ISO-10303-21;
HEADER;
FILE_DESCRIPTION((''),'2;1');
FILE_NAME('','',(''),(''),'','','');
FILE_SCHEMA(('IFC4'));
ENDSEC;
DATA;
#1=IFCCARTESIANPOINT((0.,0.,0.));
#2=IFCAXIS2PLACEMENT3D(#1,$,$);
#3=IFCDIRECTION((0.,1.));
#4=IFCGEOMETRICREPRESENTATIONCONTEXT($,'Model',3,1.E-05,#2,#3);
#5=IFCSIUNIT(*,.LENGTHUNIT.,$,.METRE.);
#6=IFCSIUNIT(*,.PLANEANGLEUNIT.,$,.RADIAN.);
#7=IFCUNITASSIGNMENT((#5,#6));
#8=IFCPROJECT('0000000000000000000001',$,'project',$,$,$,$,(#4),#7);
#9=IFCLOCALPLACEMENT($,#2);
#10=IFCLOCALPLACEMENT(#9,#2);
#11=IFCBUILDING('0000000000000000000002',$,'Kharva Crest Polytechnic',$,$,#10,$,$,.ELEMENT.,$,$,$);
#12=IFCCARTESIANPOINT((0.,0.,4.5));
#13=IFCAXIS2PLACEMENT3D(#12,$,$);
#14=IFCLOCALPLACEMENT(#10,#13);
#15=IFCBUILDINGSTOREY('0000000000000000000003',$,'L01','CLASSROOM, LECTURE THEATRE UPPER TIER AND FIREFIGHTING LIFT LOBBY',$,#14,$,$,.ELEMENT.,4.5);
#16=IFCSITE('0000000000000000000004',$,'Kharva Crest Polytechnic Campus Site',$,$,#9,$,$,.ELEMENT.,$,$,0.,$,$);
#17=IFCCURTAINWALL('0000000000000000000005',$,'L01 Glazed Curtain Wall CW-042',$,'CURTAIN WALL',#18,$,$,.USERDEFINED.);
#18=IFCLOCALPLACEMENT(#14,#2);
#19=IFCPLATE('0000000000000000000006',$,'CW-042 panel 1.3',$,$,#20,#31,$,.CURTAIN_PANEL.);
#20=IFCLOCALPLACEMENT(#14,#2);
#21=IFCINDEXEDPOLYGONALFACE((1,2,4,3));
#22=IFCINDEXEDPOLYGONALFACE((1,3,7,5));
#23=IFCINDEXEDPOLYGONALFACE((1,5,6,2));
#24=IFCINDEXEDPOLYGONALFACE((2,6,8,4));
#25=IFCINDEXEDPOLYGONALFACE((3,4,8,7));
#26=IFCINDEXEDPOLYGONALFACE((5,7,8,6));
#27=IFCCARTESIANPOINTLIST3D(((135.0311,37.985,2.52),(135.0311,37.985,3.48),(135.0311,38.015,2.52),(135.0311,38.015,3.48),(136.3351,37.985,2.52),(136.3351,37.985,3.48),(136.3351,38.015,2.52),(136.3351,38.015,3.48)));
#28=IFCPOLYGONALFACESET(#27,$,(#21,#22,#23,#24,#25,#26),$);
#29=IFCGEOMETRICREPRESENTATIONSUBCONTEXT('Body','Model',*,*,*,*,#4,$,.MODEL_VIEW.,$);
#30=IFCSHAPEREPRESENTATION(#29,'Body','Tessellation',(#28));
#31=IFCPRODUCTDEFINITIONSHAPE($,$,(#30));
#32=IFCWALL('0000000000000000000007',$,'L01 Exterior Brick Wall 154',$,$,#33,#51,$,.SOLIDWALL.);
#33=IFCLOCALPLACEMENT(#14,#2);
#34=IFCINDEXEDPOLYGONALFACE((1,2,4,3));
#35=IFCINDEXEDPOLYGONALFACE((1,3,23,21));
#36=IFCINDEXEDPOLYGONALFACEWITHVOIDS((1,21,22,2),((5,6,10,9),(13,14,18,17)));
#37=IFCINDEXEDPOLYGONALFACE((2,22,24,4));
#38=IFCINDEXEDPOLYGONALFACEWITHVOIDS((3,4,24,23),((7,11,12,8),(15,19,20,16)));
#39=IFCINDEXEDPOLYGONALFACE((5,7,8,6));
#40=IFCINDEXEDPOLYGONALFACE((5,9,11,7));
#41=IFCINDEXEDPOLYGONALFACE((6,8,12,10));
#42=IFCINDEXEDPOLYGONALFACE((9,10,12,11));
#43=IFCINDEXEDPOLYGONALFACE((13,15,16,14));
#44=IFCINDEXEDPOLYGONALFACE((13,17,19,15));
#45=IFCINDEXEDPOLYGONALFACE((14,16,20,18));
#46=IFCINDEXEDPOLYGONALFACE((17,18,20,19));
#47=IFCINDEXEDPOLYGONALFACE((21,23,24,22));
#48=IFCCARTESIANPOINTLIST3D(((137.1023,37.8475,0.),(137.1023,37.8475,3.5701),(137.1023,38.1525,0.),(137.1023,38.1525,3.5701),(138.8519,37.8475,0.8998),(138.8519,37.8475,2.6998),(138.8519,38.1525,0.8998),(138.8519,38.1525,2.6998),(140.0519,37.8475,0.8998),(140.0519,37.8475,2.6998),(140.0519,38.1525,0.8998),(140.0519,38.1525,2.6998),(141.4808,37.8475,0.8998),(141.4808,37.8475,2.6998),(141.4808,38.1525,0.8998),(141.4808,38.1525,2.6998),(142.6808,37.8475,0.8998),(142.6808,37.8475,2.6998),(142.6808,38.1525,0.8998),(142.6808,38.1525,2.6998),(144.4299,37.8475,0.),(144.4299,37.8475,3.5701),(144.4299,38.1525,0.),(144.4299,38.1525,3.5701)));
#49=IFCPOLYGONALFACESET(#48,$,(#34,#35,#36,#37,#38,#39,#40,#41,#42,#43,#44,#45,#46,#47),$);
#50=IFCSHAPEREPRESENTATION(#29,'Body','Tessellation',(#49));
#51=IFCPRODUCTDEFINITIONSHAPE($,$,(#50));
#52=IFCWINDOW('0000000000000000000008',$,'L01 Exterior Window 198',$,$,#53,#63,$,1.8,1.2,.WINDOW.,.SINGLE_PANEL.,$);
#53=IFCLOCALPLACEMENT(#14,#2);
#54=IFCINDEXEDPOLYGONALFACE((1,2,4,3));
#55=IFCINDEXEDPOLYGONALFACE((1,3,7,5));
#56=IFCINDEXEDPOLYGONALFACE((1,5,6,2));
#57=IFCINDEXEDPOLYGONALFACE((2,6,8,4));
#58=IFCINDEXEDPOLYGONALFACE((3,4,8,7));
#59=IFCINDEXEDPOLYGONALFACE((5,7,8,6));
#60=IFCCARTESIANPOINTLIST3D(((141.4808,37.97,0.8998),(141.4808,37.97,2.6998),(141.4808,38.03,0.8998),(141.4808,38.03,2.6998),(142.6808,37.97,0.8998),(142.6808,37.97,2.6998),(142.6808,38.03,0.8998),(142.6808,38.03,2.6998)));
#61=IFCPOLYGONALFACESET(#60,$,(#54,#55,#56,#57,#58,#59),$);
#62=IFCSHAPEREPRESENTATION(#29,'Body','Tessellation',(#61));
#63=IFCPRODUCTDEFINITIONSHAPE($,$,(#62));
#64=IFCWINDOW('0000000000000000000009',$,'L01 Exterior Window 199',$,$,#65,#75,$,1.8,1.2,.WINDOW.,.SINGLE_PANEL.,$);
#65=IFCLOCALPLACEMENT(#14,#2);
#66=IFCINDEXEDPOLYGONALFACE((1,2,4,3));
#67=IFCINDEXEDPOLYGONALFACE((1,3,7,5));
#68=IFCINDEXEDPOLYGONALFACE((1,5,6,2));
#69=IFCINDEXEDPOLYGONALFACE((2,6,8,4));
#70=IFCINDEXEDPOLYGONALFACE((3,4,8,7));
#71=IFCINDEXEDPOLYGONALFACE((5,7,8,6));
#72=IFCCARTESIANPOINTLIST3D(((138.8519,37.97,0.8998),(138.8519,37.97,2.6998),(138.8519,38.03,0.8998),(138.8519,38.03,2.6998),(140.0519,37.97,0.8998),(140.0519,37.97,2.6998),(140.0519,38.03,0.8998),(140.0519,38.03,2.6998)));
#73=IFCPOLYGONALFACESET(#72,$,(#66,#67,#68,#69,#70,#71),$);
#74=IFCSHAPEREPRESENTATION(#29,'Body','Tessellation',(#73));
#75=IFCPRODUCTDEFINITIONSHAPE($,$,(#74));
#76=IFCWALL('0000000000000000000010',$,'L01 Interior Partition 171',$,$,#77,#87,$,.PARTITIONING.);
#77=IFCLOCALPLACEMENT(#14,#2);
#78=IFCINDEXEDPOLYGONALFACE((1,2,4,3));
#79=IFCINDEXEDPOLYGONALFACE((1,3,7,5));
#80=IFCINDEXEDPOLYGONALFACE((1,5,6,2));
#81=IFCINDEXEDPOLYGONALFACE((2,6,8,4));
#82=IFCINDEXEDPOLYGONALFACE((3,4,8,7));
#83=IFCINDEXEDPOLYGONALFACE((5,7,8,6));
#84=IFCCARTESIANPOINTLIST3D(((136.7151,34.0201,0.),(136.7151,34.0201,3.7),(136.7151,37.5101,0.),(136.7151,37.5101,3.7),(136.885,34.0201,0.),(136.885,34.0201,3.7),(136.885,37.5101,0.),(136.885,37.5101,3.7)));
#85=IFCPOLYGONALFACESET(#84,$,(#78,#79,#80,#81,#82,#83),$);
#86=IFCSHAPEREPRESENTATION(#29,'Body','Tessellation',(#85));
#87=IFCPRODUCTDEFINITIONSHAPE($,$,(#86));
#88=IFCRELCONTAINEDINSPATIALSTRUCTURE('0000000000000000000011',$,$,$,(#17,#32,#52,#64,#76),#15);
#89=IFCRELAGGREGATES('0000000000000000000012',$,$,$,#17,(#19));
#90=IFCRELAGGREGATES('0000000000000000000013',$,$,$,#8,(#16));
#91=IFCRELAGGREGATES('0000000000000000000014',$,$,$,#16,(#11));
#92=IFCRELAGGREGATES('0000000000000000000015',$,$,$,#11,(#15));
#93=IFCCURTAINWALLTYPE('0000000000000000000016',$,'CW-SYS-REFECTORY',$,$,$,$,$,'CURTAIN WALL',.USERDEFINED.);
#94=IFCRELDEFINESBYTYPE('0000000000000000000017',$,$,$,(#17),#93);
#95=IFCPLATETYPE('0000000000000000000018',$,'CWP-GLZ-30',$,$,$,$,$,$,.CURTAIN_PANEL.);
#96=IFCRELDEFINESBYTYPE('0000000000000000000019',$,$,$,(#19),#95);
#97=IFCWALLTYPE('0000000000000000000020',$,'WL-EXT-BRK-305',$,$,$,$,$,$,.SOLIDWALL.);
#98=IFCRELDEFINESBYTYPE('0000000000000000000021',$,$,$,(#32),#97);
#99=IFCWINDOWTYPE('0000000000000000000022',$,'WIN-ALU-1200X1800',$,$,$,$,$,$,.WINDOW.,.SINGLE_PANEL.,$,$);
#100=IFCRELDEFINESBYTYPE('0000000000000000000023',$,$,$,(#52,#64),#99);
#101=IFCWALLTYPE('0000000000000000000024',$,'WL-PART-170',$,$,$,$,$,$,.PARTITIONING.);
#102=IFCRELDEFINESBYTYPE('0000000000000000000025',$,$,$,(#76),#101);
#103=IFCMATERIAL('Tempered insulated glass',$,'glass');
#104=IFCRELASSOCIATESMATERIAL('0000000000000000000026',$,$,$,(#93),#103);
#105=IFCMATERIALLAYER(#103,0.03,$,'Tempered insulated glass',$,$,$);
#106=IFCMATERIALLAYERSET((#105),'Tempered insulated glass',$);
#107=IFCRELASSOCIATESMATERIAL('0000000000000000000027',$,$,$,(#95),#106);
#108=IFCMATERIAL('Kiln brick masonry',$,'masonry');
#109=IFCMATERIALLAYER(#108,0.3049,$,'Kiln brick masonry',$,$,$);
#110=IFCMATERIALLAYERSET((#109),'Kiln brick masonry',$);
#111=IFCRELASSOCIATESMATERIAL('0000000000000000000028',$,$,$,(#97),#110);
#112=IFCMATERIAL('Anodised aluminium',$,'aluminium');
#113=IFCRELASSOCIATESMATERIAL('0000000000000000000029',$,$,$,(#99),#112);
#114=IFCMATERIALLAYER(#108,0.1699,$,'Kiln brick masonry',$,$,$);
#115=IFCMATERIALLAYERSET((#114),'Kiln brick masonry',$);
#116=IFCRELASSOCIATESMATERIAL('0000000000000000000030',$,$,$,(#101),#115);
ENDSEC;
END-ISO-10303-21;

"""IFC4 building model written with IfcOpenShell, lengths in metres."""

from ifc_helpers import new_model, si_unit, direction, frame, frame_2d, origin, origin_2d, place, context, subcontext, project, spatial, rectangle, extrude, material, layer, layer_set, type_object, element, fill, aggregate, save


model = new_model("IFC4")

# Units and contexts
model_context = context("Model", 3, precision=1e-05, world=origin(), true_north=direction((0.0, 1.0)))
body_context = subcontext(model_context, "Body", "Model", "MODEL_VIEW")
ifc_project = project(units=[si_unit("LENGTHUNIT", "METRE"), si_unit("PLANEANGLEUNIT", "RADIAN")], contexts=[model_context])

# Site, building, storey
site_placement = place(None, origin())
site = spatial("IfcSite", under=ifc_project, at=site_placement, Name="Kharva Crest Polytechnic Campus Site", CompositionType="ELEMENT", RefElevation=0.0)
building_placement = place(site_placement, origin())
building = spatial("IfcBuilding", under=site, at=building_placement, Name="Kharva Crest Polytechnic", CompositionType="ELEMENT")
storey_placement = place(building_placement, frame((0.0, 0.0, 4.5)))
storey = spatial("IfcBuildingStorey", under=building, at=storey_placement, Name="L01", Description="CLASSROOM, LECTURE THEATRE UPPER TIER AND FIREFIGHTING LIFT LOBBY", CompositionType="ELEMENT", Elevation=4.5)

# Shared definitions
ifc_material_1 = material(Name="Tempered insulated glass", Category="glass")
curtain_wall_type = type_object("IfcCurtainWallType", Name="CW-SYS-REFECTORY", ElementType="CURTAIN WALL", PredefinedType="USERDEFINED", material=ifc_material_1)

# Curtain wall
curtain_wall_1_placement = place(storey_placement, origin())
curtain_wall_1 = element("IfcCurtainWall", 1, at=curtain_wall_1_placement, inside=storey, type_object=curtain_wall_type, Name="L01 Glazed Curtain Wall CW-042", ObjectType="CURTAIN WALL", PredefinedType="USERDEFINED")

# Plate
ifc_layer_1 = layer(ifc_material_1, 0.03, Name="Tempered insulated glass")
ifc_layer_set_1 = layer_set([ifc_layer_1], Name="Tempered insulated glass")
plate_type = type_object("IfcPlateType", Name="CWP-GLZ-30", PredefinedType="CURTAIN_PANEL", material=ifc_layer_set_1)
plate_1_placement = place(storey_placement, frame((135.6831, 38.0, 2.52), z_axis=(0.0, 0.0, 1.0), x_axis=(-1.0, 0.0, 0.0)))
plate_1 = element("IfcPlate", 2, at=plate_1_placement, type_object=plate_type, Name="CW-042 panel 1.3", PredefinedType="CURTAIN_PANEL", context=body_context, shape_type="SweptSolid", body=[
    extrude(rectangle(XDim=1.304, YDim=0.03, at=origin_2d()), origin(), (0.0, 0.0, 1.0), 0.96),
])
aggregate(curtain_wall_1, [plate_1])

# Wall, openings, windows
ifc_material_2 = material(Name="Kiln brick masonry", Category="masonry")
ifc_layer_2 = layer(ifc_material_2, 0.3049, Name="Kiln brick masonry")
ifc_layer_set_2 = layer_set([ifc_layer_2], Name="Kiln brick masonry")
wall_type_1 = type_object("IfcWallType", Name="WL-EXT-BRK-305", PredefinedType="SOLIDWALL", material=ifc_layer_set_2)
wall_1_placement = place(storey_placement, frame((144.4299, 38.0, 0.0), z_axis=(0.0, 0.0, 1.0), x_axis=(-1.0, 0.0, 0.0)))
wall_1 = element("IfcWall", 3, at=wall_1_placement, inside=storey, type_object=wall_type_1, Name="L01 Exterior Brick Wall 154", PredefinedType="SOLIDWALL", context=body_context, shape_type="SweptSolid", body=[
    extrude(rectangle(XDim=7.3276, YDim=0.3049, at=frame_2d((3.6638, 0.0))), origin(), (0.0, 0.0, 1.0), 3.5701),
])
opening_1_placement = place(wall_1_placement, frame((1.749, 0.0, 0.8999)))
opening_1 = element("IfcOpeningElement", 4, at=opening_1_placement, cuts=wall_1, PredefinedType="OPENING", context=body_context, shape_type="SweptSolid", body=[
    extrude(rectangle(XDim=1.2, YDim=1.8, at=frame_2d((0.6001, 0.8999))), frame((0.0, 0.1624, 0.0), z_axis=(0.0, -1.0, 0.0), x_axis=(1.0, 0.0, 0.0)), (0.0, 0.0, 1.0), 0.325),
])
opening_2_placement = place(wall_1_placement, frame((4.3779, 0.0, 0.8999)))
opening_2 = element("IfcOpeningElement", 5, at=opening_2_placement, cuts=wall_1, PredefinedType="OPENING", context=body_context, shape_type="SweptSolid", body=[
    extrude(rectangle(XDim=1.2, YDim=1.8, at=frame_2d((0.6001, 0.8999))), frame((0.0, 0.1624, 0.0), z_axis=(0.0, -1.0, 0.0), x_axis=(1.0, 0.0, 0.0)), (0.0, 0.0, 1.0), 0.325),
])
ifc_material_3 = material(Name="Anodised aluminium", Category="aluminium")
window_type = type_object("IfcWindowType", Name="WIN-ALU-1200X1800", PartitioningType="SINGLE_PANEL", PredefinedType="WINDOW", material=ifc_material_3)
window_1_placement = place(opening_1_placement, origin())
window_1 = element("IfcWindow", 6, at=window_1_placement, inside=storey, type_object=window_type, Name="L01 Exterior Window 198", OverallHeight=1.8, OverallWidth=1.2, PartitioningType="SINGLE_PANEL", PredefinedType="WINDOW", context=body_context, shape_type="SweptSolid", body=[
    extrude(rectangle(XDim=1.2, YDim=1.8, at=frame_2d((0.6001, 0.8999))), frame((0.0, 0.03, 0.0), z_axis=(0.0, -1.0, 0.0), x_axis=(1.0, 0.0, 0.0)), (0.0, 0.0, 1.0), 0.0601),
])
fill(opening_1, window_1)
window_2_placement = place(opening_2_placement, origin())
window_2 = element("IfcWindow", 7, at=window_2_placement, inside=storey, type_object=window_type, Name="L01 Exterior Window 199", OverallHeight=1.8, OverallWidth=1.2, PartitioningType="SINGLE_PANEL", PredefinedType="WINDOW", context=body_context, shape_type="SweptSolid", body=[
    extrude(rectangle(XDim=1.2, YDim=1.8, at=frame_2d((0.6001, 0.8999))), frame((0.0, 0.03, 0.0), z_axis=(0.0, -1.0, 0.0), x_axis=(1.0, 0.0, 0.0)), (0.0, 0.0, 1.0), 0.0601),
])
fill(opening_2, window_2)

# Wall
ifc_layer_3 = layer(ifc_material_2, 0.1699, Name="Kiln brick masonry")
ifc_layer_set_3 = layer_set([ifc_layer_3], Name="Kiln brick masonry")
wall_type_2 = type_object("IfcWallType", Name="WL-PART-170", PredefinedType="PARTITIONING", material=ifc_layer_set_3)
wall_2_placement = place(storey_placement, frame((136.8, 34.02, 0.0), z_axis=(0.0, 0.0, 1.0), x_axis=(0.0, 1.0, 0.0)))
element("IfcWall", 8, at=wall_2_placement, inside=storey, type_object=wall_type_2, Name="L01 Interior Partition 171", PredefinedType="PARTITIONING", context=body_context, shape_type="SweptSolid", body=[
    extrude(rectangle(XDim=3.49, YDim=0.1699, at=frame_2d((1.7451, 0.0))), origin(), (0.0, 0.0, 1.0), 3.7),
])

save(model, "model.ifc")
